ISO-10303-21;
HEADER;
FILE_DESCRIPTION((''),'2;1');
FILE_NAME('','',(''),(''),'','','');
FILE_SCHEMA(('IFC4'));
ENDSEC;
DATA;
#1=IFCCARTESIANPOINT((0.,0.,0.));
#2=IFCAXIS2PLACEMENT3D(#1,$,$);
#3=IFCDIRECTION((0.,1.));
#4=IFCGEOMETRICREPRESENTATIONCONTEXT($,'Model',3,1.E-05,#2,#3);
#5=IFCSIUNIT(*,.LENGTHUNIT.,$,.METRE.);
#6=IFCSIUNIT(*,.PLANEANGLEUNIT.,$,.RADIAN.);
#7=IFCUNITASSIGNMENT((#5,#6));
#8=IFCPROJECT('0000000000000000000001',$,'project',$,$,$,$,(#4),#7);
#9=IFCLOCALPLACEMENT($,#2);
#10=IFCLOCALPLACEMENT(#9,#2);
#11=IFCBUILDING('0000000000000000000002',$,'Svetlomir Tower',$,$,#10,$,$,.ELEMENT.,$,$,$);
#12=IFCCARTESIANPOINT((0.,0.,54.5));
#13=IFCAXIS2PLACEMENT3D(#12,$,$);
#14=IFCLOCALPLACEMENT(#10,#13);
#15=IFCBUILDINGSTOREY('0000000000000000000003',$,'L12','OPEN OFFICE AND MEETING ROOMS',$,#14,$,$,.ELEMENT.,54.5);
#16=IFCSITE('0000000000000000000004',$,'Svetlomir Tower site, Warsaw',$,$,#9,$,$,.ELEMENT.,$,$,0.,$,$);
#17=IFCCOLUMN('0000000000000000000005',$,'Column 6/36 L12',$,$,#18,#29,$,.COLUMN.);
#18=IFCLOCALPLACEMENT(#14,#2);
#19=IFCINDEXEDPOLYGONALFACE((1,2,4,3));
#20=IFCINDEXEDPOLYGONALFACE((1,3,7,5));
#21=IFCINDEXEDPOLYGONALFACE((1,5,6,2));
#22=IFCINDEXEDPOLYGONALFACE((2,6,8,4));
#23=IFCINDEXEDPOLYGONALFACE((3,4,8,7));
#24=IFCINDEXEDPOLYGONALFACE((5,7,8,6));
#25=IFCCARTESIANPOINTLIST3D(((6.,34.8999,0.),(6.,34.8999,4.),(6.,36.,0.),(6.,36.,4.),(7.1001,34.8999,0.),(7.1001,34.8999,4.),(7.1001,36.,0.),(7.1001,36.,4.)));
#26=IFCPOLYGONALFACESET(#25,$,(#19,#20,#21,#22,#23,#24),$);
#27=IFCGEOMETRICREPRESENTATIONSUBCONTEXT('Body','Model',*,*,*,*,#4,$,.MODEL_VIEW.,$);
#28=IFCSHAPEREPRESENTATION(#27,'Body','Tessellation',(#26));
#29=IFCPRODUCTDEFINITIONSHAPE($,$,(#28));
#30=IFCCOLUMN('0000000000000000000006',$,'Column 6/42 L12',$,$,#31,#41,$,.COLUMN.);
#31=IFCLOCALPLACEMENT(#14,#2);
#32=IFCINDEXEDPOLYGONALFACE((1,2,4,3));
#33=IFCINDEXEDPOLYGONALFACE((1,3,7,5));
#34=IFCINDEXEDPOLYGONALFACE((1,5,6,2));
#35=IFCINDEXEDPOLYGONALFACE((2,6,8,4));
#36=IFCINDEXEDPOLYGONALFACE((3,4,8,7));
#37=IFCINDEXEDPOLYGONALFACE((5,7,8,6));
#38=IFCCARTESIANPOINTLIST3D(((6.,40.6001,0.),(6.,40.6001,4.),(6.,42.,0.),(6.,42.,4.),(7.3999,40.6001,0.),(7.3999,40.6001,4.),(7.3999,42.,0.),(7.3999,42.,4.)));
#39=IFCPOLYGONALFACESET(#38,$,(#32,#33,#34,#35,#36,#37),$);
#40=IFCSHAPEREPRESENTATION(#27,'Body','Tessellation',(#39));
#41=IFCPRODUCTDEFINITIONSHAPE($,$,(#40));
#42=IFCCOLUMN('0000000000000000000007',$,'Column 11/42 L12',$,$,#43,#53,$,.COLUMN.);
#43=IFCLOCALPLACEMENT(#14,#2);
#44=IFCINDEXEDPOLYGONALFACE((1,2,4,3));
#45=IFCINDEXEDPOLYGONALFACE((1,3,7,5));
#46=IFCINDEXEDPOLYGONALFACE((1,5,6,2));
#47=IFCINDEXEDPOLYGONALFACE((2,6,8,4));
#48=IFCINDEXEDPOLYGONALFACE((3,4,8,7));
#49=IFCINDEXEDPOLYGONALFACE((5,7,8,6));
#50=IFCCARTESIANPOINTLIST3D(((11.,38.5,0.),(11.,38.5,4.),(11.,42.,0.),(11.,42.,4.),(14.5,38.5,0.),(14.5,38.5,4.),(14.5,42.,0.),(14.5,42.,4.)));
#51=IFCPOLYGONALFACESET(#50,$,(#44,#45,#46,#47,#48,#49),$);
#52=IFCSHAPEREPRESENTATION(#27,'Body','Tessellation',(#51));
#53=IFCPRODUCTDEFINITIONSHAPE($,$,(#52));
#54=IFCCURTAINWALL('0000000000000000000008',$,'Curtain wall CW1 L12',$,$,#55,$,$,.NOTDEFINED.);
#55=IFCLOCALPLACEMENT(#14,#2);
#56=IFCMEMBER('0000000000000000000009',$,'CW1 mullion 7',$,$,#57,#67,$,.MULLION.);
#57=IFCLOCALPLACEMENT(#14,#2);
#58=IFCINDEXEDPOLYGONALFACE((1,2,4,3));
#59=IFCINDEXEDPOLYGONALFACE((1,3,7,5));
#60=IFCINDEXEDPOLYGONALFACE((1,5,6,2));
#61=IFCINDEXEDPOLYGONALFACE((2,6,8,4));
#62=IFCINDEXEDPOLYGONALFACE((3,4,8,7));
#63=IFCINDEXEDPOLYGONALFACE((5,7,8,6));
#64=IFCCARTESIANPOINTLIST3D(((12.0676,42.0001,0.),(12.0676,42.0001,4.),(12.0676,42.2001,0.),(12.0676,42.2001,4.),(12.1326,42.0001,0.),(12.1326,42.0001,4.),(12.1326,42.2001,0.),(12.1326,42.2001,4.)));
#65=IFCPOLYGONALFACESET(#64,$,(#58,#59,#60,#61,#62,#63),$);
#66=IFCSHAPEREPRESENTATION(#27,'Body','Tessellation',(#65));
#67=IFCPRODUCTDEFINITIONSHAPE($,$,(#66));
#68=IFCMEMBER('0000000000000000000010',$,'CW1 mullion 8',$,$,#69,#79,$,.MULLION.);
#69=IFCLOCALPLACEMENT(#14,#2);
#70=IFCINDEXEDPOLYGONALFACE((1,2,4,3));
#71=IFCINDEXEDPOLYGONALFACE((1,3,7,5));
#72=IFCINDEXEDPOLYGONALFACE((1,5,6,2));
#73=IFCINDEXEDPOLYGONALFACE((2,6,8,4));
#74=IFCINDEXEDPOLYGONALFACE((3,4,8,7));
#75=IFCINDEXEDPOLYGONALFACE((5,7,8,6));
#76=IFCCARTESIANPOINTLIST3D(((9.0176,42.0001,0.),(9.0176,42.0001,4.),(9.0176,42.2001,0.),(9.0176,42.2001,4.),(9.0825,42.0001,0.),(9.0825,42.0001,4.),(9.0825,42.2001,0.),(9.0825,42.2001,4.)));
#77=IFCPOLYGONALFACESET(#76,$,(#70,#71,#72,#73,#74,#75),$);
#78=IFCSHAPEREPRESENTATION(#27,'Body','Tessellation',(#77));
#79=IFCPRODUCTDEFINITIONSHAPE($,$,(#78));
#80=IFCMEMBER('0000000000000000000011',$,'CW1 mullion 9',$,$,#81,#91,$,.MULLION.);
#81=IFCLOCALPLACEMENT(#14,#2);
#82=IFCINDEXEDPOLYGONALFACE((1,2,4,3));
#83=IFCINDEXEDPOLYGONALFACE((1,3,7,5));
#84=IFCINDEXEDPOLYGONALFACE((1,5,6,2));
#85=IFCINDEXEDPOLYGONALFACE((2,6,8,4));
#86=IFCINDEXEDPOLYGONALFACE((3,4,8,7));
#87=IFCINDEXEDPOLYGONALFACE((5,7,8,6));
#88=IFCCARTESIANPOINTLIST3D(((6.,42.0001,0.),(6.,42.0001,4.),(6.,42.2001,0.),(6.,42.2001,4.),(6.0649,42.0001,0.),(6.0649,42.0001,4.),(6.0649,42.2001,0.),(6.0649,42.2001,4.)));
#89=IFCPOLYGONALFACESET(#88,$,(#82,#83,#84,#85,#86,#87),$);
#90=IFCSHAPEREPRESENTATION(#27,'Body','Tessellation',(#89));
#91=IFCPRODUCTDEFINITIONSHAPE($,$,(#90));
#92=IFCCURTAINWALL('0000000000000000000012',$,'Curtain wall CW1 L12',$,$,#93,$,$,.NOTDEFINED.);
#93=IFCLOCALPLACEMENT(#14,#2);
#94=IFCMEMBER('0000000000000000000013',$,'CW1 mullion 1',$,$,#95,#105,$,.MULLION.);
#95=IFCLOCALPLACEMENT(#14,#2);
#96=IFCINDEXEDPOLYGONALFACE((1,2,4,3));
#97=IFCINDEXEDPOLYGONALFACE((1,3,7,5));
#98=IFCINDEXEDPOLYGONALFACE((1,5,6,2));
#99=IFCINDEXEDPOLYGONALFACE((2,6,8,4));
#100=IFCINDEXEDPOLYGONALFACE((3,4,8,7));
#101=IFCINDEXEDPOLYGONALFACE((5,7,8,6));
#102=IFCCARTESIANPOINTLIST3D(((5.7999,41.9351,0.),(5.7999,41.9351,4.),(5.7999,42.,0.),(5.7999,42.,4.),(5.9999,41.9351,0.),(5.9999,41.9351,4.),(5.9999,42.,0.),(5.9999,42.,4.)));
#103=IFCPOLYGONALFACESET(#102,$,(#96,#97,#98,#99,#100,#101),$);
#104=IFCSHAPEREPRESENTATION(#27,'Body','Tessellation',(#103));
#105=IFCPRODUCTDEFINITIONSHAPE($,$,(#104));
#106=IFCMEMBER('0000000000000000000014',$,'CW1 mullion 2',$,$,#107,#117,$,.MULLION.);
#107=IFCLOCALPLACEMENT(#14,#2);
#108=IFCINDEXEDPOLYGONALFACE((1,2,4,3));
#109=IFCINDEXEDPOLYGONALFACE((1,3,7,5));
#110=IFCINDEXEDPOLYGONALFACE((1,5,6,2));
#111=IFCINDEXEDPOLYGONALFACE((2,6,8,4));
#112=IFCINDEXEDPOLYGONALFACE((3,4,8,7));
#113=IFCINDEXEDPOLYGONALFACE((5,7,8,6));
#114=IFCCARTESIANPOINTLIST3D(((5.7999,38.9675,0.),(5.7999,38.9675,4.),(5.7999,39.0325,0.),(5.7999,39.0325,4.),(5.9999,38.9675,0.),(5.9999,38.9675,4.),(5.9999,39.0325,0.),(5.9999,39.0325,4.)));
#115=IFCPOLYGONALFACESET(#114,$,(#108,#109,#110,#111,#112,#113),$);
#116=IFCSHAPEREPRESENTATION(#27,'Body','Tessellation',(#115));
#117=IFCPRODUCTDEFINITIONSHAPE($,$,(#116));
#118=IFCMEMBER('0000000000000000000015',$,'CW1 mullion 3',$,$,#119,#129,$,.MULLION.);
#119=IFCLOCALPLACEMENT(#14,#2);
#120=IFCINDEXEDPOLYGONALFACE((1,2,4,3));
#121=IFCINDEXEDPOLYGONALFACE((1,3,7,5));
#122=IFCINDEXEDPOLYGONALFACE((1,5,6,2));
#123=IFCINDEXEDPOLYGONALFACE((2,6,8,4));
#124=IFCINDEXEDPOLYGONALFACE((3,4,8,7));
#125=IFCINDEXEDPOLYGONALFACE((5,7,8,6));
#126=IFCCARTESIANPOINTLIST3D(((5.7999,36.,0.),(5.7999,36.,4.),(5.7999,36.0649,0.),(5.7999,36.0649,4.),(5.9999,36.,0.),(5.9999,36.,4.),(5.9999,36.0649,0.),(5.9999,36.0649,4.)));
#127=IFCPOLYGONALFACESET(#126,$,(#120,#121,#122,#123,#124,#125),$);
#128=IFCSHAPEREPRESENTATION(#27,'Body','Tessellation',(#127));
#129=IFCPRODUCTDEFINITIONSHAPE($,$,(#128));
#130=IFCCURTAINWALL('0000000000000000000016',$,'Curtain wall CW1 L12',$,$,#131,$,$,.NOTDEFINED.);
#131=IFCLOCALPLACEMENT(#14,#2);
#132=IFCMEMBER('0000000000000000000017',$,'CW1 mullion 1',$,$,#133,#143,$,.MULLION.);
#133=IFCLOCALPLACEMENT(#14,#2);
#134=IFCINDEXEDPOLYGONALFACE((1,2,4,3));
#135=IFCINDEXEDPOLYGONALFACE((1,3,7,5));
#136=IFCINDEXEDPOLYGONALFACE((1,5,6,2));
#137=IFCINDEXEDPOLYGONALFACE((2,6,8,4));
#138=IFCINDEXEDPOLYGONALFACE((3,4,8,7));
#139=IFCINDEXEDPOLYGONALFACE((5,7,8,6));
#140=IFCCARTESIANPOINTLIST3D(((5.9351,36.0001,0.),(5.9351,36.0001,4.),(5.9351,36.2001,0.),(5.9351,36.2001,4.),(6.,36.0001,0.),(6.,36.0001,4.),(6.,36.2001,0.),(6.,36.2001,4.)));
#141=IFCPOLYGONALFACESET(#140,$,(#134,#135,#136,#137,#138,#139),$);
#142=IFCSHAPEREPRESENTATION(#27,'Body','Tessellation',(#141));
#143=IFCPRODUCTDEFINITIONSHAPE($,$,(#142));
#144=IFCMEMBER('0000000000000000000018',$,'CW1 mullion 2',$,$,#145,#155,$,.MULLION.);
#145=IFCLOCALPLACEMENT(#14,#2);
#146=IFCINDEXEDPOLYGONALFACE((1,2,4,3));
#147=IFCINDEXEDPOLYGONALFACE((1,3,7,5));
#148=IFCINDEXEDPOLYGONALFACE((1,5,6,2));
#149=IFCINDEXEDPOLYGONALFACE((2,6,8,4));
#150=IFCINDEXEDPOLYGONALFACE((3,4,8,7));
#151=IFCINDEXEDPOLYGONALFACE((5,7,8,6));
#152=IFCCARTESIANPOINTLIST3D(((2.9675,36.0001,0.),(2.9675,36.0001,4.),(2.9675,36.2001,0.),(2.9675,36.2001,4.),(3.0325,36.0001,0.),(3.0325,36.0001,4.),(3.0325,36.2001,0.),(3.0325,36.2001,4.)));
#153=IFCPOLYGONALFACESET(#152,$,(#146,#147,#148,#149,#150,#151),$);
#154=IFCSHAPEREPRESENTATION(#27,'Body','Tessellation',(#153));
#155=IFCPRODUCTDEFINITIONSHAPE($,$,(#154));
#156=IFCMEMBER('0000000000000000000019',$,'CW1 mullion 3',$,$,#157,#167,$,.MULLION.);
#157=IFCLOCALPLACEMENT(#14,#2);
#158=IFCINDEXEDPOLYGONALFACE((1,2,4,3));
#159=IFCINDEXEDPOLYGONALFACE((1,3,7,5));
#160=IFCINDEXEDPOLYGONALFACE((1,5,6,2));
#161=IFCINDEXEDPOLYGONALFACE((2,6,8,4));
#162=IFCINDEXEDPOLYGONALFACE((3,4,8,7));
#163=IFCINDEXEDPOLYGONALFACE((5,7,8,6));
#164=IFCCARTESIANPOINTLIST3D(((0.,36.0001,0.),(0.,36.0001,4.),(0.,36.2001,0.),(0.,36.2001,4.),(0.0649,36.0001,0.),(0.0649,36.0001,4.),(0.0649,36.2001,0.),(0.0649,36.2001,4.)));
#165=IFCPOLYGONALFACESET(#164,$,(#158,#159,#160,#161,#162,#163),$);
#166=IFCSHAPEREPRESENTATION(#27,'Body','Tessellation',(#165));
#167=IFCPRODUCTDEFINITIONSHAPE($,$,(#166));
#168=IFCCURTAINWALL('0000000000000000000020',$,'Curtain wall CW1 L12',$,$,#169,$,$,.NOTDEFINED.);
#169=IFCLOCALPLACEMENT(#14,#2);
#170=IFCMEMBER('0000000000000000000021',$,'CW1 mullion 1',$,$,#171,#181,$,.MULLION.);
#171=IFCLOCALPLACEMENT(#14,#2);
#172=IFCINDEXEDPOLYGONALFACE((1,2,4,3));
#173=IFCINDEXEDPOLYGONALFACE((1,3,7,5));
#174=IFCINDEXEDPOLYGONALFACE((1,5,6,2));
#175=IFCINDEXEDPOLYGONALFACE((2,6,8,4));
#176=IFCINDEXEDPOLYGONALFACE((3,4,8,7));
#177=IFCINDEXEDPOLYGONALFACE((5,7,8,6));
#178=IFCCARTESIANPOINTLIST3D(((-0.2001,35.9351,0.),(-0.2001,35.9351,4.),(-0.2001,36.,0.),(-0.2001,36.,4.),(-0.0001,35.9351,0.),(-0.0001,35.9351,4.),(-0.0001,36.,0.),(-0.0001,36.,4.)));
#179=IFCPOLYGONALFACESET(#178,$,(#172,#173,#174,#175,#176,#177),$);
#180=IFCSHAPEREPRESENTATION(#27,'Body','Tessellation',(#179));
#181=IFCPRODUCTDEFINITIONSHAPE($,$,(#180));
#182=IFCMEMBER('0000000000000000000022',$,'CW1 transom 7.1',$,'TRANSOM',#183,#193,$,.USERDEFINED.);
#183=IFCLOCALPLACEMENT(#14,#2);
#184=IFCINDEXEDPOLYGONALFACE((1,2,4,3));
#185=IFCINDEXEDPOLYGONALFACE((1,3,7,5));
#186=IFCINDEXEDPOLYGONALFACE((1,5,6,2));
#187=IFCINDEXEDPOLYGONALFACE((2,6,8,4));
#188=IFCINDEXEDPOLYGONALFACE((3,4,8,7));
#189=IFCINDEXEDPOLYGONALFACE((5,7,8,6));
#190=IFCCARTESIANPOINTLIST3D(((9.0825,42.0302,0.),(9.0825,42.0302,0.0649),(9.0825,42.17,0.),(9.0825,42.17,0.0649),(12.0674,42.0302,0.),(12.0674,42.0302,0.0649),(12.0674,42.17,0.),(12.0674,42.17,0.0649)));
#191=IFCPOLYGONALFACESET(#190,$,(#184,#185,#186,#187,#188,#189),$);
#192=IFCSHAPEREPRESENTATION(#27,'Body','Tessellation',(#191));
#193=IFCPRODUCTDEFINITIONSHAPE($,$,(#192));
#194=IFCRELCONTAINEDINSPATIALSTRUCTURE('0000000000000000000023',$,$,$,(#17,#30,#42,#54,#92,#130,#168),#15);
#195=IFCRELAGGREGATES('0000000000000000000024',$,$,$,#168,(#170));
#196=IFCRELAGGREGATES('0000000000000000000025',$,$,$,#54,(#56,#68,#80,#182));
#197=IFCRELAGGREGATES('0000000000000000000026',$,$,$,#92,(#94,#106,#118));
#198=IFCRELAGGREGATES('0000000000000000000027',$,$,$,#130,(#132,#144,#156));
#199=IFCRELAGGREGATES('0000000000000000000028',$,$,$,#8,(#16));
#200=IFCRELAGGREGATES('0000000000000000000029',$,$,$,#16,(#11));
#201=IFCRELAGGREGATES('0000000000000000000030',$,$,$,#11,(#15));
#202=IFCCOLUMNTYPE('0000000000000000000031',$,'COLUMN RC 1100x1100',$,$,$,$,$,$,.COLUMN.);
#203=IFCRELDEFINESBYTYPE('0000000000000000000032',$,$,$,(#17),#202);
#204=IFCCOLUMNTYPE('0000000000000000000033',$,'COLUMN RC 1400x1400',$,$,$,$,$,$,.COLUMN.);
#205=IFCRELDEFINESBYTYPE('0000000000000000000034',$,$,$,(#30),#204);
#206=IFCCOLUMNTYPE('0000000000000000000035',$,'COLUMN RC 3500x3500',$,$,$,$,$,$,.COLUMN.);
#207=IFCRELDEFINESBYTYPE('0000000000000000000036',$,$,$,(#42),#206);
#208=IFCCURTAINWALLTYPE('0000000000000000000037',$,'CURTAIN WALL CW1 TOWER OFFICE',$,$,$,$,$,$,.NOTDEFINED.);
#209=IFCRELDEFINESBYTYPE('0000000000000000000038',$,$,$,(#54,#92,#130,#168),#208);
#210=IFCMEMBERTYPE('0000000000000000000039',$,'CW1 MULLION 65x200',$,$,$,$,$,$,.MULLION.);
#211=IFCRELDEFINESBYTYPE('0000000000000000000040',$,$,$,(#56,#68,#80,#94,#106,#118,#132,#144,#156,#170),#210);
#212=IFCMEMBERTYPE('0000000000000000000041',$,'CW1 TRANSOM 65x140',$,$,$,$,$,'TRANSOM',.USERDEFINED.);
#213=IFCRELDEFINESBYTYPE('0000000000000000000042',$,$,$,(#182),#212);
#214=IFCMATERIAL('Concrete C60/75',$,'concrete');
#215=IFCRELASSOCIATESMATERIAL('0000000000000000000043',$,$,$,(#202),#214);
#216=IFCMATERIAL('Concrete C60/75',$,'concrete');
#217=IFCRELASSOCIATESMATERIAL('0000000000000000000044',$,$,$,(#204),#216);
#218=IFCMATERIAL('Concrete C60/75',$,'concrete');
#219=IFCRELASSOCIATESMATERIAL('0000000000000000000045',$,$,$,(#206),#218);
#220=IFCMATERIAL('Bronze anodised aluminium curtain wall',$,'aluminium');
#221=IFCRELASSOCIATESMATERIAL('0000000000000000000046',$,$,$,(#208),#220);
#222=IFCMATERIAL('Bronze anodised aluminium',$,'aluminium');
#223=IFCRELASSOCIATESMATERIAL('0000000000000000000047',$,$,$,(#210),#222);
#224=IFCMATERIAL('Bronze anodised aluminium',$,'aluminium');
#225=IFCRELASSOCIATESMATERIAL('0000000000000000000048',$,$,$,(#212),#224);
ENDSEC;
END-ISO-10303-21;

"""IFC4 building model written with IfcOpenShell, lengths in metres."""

from ifc_helpers import new_model, si_unit, direction, frame, origin, origin_2d, place, context, subcontext, project, spatial, rectangle, extrude, material, material_profile, profile_set, type_object, element, aggregate, save


model = new_model("IFC4")

# Units and contexts
model_context = context("Model", 3, precision=1e-05, world=origin(), true_north=direction((0.0, 1.0)))
body_context = subcontext(model_context, "Body", "Model", "MODEL_VIEW")
ifc_project = project(units=[si_unit("LENGTHUNIT", "METRE"), si_unit("PLANEANGLEUNIT", "RADIAN")], contexts=[model_context])

# Site, building, storey
site_placement = place(None, origin())
site = spatial("IfcSite", under=ifc_project, at=site_placement, Name="Svetlomir Tower site, Warsaw", CompositionType="ELEMENT", RefElevation=0.0)
building_placement = place(site_placement, origin())
building = spatial("IfcBuilding", under=site, at=building_placement, Name="Svetlomir Tower", CompositionType="ELEMENT")
storey_placement = place(building_placement, frame((0.0, 0.0, 54.5)))
storey = spatial("IfcBuildingStorey", under=building, at=storey_placement, Name="L12", Description="OPEN OFFICE AND MEETING ROOMS", CompositionType="ELEMENT", Elevation=54.5)

# Columns
ifc_material_1 = material(Name="Concrete C60/75", Category="concrete")
ifc_material_profile_1 = material_profile(ifc_material_1, rectangle(XDim=1.1001, YDim=1.1001, at=origin_2d()), Name="RC 1100x1100")
ifc_profile_set_1 = profile_set([ifc_material_profile_1], Name="Concrete C60/75")
column_type_1 = type_object("IfcColumnType", Name="COLUMN RC 1100x1100", PredefinedType="COLUMN", material=ifc_profile_set_1)
column_1_placement = place(storey_placement, frame((6.55, 35.45, 0.0), z_axis=(0.0, 0.0, 1.0), x_axis=(1.0, 0.0, 0.0)))
element("IfcColumn", 1, at=column_1_placement, inside=storey, type_object=column_type_1, Name="Column 6/36 L12", PredefinedType="COLUMN", context=body_context, shape_type="SweptSolid", body=[
    extrude(rectangle(XDim=1.1001, YDim=1.1001, at=origin_2d()), origin(), (0.0, 0.0, 1.0), 4.0),
])
ifc_material_2 = material(Name="Concrete C60/75", Category="concrete")
ifc_material_profile_2 = material_profile(ifc_material_2, rectangle(XDim=1.3999, YDim=1.3999, at=origin_2d()), Name="RC 1400x1400")
ifc_profile_set_2 = profile_set([ifc_material_profile_2], Name="Concrete C60/75")
column_type_2 = type_object("IfcColumnType", Name="COLUMN RC 1400x1400", PredefinedType="COLUMN", material=ifc_profile_set_2)
column_2_placement = place(storey_placement, frame((6.7, 41.3, 0.0), z_axis=(0.0, 0.0, 1.0), x_axis=(1.0, 0.0, 0.0)))
element("IfcColumn", 2, at=column_2_placement, inside=storey, type_object=column_type_2, Name="Column 6/42 L12", PredefinedType="COLUMN", context=body_context, shape_type="SweptSolid", body=[
    extrude(rectangle(XDim=1.3999, YDim=1.3999, at=origin_2d()), origin(), (0.0, 0.0, 1.0), 4.0),
])
ifc_material_3 = material(Name="Concrete C60/75", Category="concrete")
ifc_material_profile_3 = material_profile(ifc_material_3, rectangle(XDim=3.5, YDim=3.5, at=origin_2d()), Name="RC 3500x3500")
ifc_profile_set_3 = profile_set([ifc_material_profile_3], Name="Concrete C60/75")
column_type_3 = type_object("IfcColumnType", Name="COLUMN RC 3500x3500", PredefinedType="COLUMN", material=ifc_profile_set_3)
column_3_placement = place(storey_placement, frame((12.75, 40.25, 0.0), z_axis=(0.0, 0.0, 1.0), x_axis=(1.0, 0.0, 0.0)))
element("IfcColumn", 3, at=column_3_placement, inside=storey, type_object=column_type_3, Name="Column 11/42 L12", PredefinedType="COLUMN", context=body_context, shape_type="SweptSolid", body=[
    extrude(rectangle(XDim=3.5, YDim=3.5, at=origin_2d()), origin(), (0.0, 0.0, 1.0), 4.0),
])

# Curtain walls, members
ifc_material_4 = material(Name="Bronze anodised aluminium curtain wall", Category="aluminium")
curtain_wall_type = type_object("IfcCurtainWallType", Name="CURTAIN WALL CW1 TOWER OFFICE", PredefinedType="NOTDEFINED", material=ifc_material_4)
curtain_wall_1_placement = place(storey_placement, origin())
curtain_wall_1 = element("IfcCurtainWall", 4, at=curtain_wall_1_placement, inside=storey, type_object=curtain_wall_type, Name="Curtain wall CW1 L12", PredefinedType="NOTDEFINED")
ifc_material_5 = material(Name="Bronze anodised aluminium", Category="aluminium")
ifc_material_profile_4 = material_profile(ifc_material_5, rectangle(XDim=0.0649, YDim=0.2, at=origin_2d()), Name="AL 65x200")
ifc_profile_set_4 = profile_set([ifc_material_profile_4], Name="Bronze anodised aluminium 6063-T6")
member_type_1 = type_object("IfcMemberType", Name="CW1 MULLION 65x200", PredefinedType="MULLION", material=ifc_profile_set_4)
member_1_placement = place(storey_placement, frame((12.1001, 42.1001, 0.0), z_axis=(0.0, 0.0, 1.0), x_axis=(-1.0, 0.0, 0.0)))
member_1 = element("IfcMember", 5, at=member_1_placement, type_object=member_type_1, Name="CW1 mullion 7", PredefinedType="MULLION", context=body_context, shape_type="SweptSolid", body=[
    extrude(rectangle(XDim=0.0649, YDim=0.2, at=origin_2d()), origin(), (0.0, 0.0, 1.0), 4.0),
])
member_2_placement = place(storey_placement, frame((9.05, 42.1001, 0.0), z_axis=(0.0, 0.0, 1.0), x_axis=(-1.0, 0.0, 0.0)))
member_2 = element("IfcMember", 6, at=member_2_placement, type_object=member_type_1, Name="CW1 mullion 8", PredefinedType="MULLION", context=body_context, shape_type="SweptSolid", body=[
    extrude(rectangle(XDim=0.0649, YDim=0.2, at=origin_2d()), origin(), (0.0, 0.0, 1.0), 4.0),
])
member_3_placement = place(storey_placement, frame((6.0325, 42.1001, 0.0), z_axis=(0.0, 0.0, 1.0), x_axis=(-1.0, 0.0, 0.0)))
member_3 = element("IfcMember", 7, at=member_3_placement, type_object=member_type_1, Name="CW1 mullion 9", PredefinedType="MULLION", context=body_context, shape_type="SweptSolid", body=[
    extrude(rectangle(XDim=0.0649, YDim=0.2, at=origin_2d()), origin(), (0.0, 0.0, 1.0), 4.0),
])
curtain_wall_2_placement = place(storey_placement, origin())
curtain_wall_2 = element("IfcCurtainWall", 8, at=curtain_wall_2_placement, inside=storey, type_object=curtain_wall_type, Name="Curtain wall CW1 L12", PredefinedType="NOTDEFINED")
member_4_placement = place(storey_placement, frame((5.8999, 41.9675, 0.0), z_axis=(0.0, 0.0, 1.0), x_axis=(0.0, -1.0, 0.0)))
member_4 = element("IfcMember", 9, at=member_4_placement, type_object=member_type_1, Name="CW1 mullion 1", PredefinedType="MULLION", context=body_context, shape_type="SweptSolid", body=[
    extrude(rectangle(XDim=0.0649, YDim=0.2, at=origin_2d()), origin(), (0.0, 0.0, 1.0), 4.0),
])
member_5_placement = place(storey_placement, frame((5.8999, 39.0, 0.0), z_axis=(0.0, 0.0, 1.0), x_axis=(0.0, -1.0, 0.0)))
member_5 = element("IfcMember", 10, at=member_5_placement, type_object=member_type_1, Name="CW1 mullion 2", PredefinedType="MULLION", context=body_context, shape_type="SweptSolid", body=[
    extrude(rectangle(XDim=0.0649, YDim=0.2, at=origin_2d()), origin(), (0.0, 0.0, 1.0), 4.0),
])
member_6_placement = place(storey_placement, frame((5.8999, 36.0325, 0.0), z_axis=(0.0, 0.0, 1.0), x_axis=(0.0, -1.0, 0.0)))
member_6 = element("IfcMember", 11, at=member_6_placement, type_object=member_type_1, Name="CW1 mullion 3", PredefinedType="MULLION", context=body_context, shape_type="SweptSolid", body=[
    extrude(rectangle(XDim=0.0649, YDim=0.2, at=origin_2d()), origin(), (0.0, 0.0, 1.0), 4.0),
])
curtain_wall_3_placement = place(storey_placement, origin())
curtain_wall_3 = element("IfcCurtainWall", 12, at=curtain_wall_3_placement, inside=storey, type_object=curtain_wall_type, Name="Curtain wall CW1 L12", PredefinedType="NOTDEFINED")
member_7_placement = place(storey_placement, frame((5.9675, 36.1001, 0.0), z_axis=(0.0, 0.0, 1.0), x_axis=(-1.0, 0.0, 0.0)))
member_7 = element("IfcMember", 13, at=member_7_placement, type_object=member_type_1, Name="CW1 mullion 1", PredefinedType="MULLION", context=body_context, shape_type="SweptSolid", body=[
    extrude(rectangle(XDim=0.0649, YDim=0.2, at=origin_2d()), origin(), (0.0, 0.0, 1.0), 4.0),
])
member_8_placement = place(storey_placement, frame((3.0, 36.1001, 0.0), z_axis=(0.0, 0.0, 1.0), x_axis=(-1.0, 0.0, 0.0)))
member_8 = element("IfcMember", 14, at=member_8_placement, type_object=member_type_1, Name="CW1 mullion 2", PredefinedType="MULLION", context=body_context, shape_type="SweptSolid", body=[
    extrude(rectangle(XDim=0.0649, YDim=0.2, at=origin_2d()), origin(), (0.0, 0.0, 1.0), 4.0),
])
member_9_placement = place(storey_placement, frame((0.0325, 36.1001, 0.0), z_axis=(0.0, 0.0, 1.0), x_axis=(-1.0, 0.0, 0.0)))
member_9 = element("IfcMember", 15, at=member_9_placement, type_object=member_type_1, Name="CW1 mullion 3", PredefinedType="MULLION", context=body_context, shape_type="SweptSolid", body=[
    extrude(rectangle(XDim=0.0649, YDim=0.2, at=origin_2d()), origin(), (0.0, 0.0, 1.0), 4.0),
])

# Curtain wall, member
curtain_wall_4_placement = place(storey_placement, origin())
curtain_wall_4 = element("IfcCurtainWall", 16, at=curtain_wall_4_placement, inside=storey, type_object=curtain_wall_type, Name="Curtain wall CW1 L12", PredefinedType="NOTDEFINED")
member_10_placement = place(storey_placement, frame((-0.1001, 35.9675, 0.0), z_axis=(0.0, 0.0, 1.0), x_axis=(0.0, -1.0, 0.0)))
member_10 = element("IfcMember", 17, at=member_10_placement, type_object=member_type_1, Name="CW1 mullion 1", PredefinedType="MULLION", context=body_context, shape_type="SweptSolid", body=[
    extrude(rectangle(XDim=0.0649, YDim=0.2, at=origin_2d()), origin(), (0.0, 0.0, 1.0), 4.0),
])

# Member
ifc_material_6 = material(Name="Bronze anodised aluminium", Category="aluminium")
ifc_material_profile_5 = material_profile(ifc_material_6, rectangle(XDim=0.1399, YDim=0.0649, at=origin_2d()), Name="AL 140x65")
ifc_profile_set_5 = profile_set([ifc_material_profile_5], Name="Bronze anodised aluminium 6063-T6")
member_type_2 = type_object("IfcMemberType", Name="CW1 TRANSOM 65x140", ElementType="TRANSOM", PredefinedType="USERDEFINED", material=ifc_profile_set_5)
member_11_placement = place(storey_placement, frame((12.0674, 42.1001, 0.0325), z_axis=(-1.0, 0.0, 0.0), x_axis=(0.0, -1.0, 0.0)))
member_11 = element("IfcMember", 18, at=member_11_placement, type_object=member_type_2, Name="CW1 transom 7.1", ObjectType="TRANSOM", PredefinedType="USERDEFINED", context=body_context, shape_type="SweptSolid", body=[
    extrude(rectangle(XDim=0.1399, YDim=0.0649, at=origin_2d()), origin(), (0.0, 0.0, 1.0), 2.9849),
])
aggregate(curtain_wall_4, [member_10])

aggregate(curtain_wall_1, [member_1, member_2, member_3, member_11])
aggregate(curtain_wall_2, [member_4, member_5, member_6])
aggregate(curtain_wall_3, [member_7, member_8, member_9])

save(model, "model.ifc")
